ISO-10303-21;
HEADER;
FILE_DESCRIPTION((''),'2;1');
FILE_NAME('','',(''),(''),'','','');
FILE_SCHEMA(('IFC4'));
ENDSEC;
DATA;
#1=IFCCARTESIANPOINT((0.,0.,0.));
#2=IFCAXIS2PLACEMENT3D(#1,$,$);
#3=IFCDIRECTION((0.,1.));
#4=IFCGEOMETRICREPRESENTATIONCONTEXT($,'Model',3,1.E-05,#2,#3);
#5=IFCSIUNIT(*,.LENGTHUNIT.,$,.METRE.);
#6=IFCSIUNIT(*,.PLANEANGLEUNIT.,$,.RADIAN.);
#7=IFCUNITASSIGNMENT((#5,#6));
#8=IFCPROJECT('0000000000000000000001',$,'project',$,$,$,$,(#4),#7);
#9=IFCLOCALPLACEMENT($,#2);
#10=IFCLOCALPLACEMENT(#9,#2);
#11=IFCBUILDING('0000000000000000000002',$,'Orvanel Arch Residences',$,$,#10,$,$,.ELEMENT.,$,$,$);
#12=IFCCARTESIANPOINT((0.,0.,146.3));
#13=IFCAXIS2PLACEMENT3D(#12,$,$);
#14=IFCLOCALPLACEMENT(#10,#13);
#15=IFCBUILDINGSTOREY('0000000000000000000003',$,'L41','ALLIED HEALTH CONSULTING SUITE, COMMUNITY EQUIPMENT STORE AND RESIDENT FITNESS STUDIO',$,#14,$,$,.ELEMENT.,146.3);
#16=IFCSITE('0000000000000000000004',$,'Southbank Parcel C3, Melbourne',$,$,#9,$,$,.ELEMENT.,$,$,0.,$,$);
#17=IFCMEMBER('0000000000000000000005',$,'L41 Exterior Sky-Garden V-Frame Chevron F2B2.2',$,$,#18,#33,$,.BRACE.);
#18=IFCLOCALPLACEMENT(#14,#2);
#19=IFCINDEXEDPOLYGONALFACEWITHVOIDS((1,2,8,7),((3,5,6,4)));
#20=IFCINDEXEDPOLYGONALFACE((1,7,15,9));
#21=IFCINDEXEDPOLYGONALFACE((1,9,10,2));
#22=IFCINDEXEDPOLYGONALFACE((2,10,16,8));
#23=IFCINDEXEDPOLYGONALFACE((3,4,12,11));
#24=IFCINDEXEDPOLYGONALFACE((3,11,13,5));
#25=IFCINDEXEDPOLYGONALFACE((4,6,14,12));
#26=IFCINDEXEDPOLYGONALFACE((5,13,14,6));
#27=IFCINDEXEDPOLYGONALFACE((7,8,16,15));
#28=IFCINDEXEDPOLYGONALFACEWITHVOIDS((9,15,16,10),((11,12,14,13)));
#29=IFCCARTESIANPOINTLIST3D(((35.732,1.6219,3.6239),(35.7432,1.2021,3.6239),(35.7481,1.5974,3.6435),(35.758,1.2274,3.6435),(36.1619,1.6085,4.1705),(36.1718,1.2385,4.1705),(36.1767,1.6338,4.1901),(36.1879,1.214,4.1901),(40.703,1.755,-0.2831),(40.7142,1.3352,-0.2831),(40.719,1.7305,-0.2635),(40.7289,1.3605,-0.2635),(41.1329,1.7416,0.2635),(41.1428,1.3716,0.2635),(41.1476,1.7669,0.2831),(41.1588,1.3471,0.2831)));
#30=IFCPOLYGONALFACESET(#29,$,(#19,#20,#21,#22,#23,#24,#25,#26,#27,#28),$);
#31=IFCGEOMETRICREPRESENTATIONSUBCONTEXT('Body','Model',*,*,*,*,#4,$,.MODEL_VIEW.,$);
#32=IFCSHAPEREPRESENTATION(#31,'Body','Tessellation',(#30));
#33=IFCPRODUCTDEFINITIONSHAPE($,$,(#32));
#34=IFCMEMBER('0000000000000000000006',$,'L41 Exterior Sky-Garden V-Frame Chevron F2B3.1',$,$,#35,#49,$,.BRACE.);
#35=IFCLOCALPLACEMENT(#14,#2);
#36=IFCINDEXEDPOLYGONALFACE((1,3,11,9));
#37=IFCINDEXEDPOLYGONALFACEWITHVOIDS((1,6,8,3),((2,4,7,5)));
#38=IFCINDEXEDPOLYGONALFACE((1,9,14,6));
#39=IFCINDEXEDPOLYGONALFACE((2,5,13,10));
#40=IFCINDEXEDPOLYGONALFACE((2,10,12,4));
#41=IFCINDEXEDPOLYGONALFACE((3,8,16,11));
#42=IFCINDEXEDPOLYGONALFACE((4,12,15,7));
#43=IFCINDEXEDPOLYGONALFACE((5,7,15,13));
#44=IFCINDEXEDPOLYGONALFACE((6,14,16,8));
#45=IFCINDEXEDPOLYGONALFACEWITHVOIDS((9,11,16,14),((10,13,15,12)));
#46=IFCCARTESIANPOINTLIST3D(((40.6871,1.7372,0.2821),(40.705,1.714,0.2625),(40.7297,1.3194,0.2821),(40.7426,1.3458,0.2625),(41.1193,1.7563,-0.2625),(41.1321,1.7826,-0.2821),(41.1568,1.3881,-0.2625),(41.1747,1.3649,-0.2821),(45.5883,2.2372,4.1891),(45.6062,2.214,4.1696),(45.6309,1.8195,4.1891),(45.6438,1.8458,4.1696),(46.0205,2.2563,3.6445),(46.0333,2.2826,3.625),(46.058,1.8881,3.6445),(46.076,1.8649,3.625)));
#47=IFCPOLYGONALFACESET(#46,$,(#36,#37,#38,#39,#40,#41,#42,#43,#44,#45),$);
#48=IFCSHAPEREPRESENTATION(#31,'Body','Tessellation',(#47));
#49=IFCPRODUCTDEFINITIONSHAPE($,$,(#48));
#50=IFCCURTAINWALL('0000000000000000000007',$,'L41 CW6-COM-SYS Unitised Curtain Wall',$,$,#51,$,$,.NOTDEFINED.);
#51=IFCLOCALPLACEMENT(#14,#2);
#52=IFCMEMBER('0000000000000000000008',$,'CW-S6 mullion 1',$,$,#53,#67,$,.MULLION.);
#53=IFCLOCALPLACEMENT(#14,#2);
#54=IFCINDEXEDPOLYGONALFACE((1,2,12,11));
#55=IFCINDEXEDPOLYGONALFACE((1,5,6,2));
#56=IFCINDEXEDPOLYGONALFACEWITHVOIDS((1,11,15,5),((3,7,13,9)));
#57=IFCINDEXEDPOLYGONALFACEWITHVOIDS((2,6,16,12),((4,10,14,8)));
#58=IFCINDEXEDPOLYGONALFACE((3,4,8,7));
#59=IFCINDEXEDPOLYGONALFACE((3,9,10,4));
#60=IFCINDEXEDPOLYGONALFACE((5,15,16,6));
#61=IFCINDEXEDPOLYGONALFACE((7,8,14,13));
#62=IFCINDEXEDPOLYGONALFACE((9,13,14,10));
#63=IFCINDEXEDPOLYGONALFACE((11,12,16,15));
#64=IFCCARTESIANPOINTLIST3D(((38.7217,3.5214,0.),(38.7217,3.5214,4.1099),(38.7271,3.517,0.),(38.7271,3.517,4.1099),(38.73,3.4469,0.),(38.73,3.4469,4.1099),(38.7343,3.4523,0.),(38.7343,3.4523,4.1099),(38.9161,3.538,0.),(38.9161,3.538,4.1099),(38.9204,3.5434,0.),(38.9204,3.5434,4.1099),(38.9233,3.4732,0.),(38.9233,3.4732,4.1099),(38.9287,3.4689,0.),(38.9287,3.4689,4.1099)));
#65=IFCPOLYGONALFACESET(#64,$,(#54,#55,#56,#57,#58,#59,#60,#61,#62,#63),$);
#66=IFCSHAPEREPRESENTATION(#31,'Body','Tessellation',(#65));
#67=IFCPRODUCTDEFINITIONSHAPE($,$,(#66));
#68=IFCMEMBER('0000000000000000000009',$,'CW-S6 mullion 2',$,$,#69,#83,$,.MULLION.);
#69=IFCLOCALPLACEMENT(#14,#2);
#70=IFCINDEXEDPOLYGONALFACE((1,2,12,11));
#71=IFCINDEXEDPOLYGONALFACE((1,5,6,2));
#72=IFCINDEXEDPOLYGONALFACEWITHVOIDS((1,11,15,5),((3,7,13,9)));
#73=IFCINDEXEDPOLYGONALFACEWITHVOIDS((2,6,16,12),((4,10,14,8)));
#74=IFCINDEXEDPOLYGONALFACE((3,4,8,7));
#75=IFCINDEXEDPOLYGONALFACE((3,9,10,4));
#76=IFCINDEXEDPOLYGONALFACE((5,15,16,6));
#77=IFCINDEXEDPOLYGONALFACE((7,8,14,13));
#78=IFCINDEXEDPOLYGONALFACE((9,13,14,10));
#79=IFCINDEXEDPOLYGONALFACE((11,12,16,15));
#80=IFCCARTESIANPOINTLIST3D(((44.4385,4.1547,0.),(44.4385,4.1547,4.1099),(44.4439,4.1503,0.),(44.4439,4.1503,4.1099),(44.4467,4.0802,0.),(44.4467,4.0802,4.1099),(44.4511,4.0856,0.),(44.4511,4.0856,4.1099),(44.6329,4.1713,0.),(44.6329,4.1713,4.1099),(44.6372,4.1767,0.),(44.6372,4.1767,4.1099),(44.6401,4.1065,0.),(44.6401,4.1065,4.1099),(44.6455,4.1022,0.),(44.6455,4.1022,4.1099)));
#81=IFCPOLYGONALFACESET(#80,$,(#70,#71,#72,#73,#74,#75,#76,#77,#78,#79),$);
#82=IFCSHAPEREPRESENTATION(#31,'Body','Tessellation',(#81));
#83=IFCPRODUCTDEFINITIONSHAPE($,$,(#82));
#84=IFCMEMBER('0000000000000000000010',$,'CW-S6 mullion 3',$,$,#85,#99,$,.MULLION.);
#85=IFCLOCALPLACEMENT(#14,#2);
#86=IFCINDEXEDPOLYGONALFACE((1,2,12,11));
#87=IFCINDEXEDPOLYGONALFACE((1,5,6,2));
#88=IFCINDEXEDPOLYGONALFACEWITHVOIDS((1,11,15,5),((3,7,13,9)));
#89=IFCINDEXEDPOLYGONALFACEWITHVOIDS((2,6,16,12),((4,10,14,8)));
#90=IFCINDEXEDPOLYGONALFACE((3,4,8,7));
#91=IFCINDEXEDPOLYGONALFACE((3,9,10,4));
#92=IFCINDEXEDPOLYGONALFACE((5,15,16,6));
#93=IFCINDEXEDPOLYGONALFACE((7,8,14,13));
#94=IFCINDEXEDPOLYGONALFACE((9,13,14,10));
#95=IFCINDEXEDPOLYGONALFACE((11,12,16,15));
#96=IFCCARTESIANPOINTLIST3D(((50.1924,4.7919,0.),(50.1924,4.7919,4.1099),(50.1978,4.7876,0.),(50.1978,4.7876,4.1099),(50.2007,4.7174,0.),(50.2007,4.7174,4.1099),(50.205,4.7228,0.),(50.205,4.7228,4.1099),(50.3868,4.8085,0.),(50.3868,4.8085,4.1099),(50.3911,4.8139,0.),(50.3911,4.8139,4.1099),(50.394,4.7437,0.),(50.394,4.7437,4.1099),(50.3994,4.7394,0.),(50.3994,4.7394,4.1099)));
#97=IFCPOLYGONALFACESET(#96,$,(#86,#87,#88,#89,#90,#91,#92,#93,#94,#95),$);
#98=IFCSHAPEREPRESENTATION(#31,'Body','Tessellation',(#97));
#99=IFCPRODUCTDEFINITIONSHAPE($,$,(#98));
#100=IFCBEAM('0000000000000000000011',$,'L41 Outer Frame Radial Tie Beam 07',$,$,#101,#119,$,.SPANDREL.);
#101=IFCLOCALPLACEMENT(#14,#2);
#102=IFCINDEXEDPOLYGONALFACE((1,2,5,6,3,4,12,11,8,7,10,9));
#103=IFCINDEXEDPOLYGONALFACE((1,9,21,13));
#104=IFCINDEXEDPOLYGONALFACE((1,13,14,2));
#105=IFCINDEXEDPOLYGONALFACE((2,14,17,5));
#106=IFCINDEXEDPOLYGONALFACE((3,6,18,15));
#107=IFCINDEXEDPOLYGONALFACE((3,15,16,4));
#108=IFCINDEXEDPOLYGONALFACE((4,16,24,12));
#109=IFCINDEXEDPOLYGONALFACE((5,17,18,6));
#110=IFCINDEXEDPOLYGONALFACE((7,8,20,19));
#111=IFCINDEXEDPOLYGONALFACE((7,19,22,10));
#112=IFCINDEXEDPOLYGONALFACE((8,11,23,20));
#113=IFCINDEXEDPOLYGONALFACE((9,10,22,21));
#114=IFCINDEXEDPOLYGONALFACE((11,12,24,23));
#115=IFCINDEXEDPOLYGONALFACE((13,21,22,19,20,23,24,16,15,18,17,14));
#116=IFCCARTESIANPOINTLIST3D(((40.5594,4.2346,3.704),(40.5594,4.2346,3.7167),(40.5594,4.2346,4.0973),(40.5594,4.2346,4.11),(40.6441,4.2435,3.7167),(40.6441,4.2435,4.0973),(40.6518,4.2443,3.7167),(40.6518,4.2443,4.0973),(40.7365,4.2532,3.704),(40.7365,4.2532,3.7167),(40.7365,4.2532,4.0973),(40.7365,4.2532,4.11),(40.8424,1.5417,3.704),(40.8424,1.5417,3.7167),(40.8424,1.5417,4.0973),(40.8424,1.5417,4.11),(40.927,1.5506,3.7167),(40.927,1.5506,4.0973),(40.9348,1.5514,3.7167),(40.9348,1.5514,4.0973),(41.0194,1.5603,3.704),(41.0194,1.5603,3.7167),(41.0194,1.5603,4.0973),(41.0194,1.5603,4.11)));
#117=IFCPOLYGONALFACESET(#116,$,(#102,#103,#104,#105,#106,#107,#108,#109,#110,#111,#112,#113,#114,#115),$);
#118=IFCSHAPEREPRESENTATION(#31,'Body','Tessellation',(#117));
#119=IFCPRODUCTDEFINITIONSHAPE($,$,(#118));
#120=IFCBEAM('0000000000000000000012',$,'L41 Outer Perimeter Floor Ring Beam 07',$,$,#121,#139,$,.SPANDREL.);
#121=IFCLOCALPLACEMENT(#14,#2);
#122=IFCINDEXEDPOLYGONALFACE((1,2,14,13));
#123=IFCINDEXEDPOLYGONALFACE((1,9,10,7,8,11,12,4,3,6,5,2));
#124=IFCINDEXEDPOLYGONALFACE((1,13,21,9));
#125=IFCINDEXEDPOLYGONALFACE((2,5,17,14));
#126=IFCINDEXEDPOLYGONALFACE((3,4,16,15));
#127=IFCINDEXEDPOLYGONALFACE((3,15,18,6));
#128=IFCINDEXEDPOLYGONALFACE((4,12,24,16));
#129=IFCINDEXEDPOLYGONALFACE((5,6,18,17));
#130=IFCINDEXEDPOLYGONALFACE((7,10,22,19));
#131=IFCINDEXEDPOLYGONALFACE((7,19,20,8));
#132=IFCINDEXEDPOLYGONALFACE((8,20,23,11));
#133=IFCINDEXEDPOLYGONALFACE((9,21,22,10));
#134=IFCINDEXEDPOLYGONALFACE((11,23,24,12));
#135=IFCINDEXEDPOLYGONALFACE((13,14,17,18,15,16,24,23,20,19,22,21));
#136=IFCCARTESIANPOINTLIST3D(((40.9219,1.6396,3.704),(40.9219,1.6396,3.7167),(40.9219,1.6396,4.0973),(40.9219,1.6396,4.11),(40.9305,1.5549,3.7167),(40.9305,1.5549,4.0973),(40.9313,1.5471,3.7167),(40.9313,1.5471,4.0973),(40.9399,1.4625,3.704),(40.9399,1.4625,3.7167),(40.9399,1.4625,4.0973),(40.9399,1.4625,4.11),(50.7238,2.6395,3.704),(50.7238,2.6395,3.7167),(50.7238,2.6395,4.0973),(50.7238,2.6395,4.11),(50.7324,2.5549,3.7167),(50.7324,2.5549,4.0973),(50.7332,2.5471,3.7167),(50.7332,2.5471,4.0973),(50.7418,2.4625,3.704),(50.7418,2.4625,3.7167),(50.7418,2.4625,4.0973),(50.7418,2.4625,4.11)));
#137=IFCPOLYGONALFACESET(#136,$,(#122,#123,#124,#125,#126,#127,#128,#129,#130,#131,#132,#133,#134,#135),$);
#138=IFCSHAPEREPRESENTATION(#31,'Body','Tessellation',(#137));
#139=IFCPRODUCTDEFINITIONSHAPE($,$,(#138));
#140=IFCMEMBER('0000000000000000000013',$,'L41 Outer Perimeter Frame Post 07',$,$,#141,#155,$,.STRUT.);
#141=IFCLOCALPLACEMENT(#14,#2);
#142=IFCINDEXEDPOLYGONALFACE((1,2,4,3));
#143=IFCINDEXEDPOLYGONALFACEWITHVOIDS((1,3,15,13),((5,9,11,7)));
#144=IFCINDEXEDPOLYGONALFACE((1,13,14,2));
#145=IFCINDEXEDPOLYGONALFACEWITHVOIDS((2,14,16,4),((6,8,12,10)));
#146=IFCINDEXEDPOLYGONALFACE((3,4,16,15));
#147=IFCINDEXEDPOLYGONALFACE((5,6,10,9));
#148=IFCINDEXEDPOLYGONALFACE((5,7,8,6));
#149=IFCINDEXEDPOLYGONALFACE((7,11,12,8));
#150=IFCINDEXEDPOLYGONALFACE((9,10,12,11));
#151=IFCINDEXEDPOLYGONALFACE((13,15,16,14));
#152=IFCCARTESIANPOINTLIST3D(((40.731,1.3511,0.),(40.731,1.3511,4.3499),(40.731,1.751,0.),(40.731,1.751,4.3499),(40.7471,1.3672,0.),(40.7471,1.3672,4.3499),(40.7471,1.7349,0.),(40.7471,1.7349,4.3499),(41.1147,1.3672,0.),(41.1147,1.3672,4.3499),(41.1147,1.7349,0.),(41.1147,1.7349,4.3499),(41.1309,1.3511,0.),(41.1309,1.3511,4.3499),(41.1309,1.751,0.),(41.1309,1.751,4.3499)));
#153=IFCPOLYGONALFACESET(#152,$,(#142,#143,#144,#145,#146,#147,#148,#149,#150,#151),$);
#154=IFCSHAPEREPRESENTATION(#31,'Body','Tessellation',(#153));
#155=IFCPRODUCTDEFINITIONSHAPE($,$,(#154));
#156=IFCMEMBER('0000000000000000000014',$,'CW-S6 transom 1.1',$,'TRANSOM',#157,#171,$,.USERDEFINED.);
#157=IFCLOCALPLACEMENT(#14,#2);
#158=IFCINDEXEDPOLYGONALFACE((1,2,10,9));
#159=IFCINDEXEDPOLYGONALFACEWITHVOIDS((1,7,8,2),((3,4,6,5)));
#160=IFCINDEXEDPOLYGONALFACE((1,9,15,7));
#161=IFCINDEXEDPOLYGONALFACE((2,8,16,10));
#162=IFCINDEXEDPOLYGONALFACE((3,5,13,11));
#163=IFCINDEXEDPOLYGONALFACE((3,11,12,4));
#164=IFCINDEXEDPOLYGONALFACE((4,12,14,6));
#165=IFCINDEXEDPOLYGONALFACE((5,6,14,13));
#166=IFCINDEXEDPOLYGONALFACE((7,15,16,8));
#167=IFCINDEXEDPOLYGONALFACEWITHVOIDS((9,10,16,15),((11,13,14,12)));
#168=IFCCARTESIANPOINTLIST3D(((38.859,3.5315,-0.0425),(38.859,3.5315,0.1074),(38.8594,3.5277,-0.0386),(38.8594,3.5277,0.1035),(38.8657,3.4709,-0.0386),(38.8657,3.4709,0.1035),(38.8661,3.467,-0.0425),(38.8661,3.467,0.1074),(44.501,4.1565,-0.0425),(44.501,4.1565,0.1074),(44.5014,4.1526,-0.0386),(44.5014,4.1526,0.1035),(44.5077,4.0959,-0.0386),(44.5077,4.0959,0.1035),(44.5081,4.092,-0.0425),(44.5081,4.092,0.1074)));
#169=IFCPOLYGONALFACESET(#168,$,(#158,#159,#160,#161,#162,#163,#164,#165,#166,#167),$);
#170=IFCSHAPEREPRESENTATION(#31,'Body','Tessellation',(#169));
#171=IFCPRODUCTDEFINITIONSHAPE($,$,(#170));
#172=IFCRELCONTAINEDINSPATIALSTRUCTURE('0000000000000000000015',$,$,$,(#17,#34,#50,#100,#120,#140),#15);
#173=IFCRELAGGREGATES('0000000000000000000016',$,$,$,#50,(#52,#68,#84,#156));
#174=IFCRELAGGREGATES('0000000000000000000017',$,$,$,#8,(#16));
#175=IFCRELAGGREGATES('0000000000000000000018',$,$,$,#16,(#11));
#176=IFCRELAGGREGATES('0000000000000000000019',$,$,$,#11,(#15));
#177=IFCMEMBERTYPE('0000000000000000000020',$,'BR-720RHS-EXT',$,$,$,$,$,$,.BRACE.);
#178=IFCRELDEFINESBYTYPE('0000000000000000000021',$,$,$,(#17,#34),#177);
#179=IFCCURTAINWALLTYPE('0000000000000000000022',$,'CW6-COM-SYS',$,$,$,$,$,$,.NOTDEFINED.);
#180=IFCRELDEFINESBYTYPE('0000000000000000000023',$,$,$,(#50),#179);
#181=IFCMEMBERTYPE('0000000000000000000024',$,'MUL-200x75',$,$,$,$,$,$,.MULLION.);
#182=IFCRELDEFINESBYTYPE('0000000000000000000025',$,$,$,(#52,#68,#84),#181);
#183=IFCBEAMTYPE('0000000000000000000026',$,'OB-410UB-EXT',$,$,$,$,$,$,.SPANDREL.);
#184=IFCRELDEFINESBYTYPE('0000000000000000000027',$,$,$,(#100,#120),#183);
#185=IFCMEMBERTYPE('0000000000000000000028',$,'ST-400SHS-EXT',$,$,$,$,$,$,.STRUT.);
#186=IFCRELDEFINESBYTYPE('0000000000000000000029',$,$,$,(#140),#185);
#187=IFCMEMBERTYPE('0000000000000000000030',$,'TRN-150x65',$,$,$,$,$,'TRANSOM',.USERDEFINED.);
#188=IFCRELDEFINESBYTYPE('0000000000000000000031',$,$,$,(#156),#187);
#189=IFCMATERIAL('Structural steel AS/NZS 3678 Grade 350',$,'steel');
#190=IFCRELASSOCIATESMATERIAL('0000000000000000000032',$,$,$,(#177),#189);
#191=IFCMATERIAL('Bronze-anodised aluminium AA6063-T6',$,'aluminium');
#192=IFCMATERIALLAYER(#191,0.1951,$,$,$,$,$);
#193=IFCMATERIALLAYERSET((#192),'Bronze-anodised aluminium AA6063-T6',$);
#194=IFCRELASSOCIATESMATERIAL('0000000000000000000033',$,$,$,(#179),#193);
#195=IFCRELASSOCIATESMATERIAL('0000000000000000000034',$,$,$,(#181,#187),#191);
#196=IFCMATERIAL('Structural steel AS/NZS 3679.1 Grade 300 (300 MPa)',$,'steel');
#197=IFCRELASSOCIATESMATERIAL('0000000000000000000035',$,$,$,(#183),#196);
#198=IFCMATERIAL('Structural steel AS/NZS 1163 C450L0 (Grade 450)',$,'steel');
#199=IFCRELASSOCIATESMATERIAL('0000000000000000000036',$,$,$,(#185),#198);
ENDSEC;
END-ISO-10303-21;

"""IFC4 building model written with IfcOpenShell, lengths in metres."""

from ifc_helpers import new_model, si_unit, direction, frame, origin, origin_2d, place, context, subcontext, project, spatial, hollow_rectangle, i_section, extrude, material, layer, layer_set, material_profile, profile_set, type_object, element, aggregate, save


model = new_model("IFC4")

# Units and contexts
model_context = context("Model", 3, precision=1e-05, world=origin(), true_north=direction((0.0, 1.0)))
body_context = subcontext(model_context, "Body", "Model", "MODEL_VIEW")
ifc_project = project(units=[si_unit("LENGTHUNIT", "METRE"), si_unit("PLANEANGLEUNIT", "RADIAN")], contexts=[model_context])

# Site, building, storey
site_placement = place(None, origin())
site = spatial("IfcSite", under=ifc_project, at=site_placement, Name="Southbank Parcel C3, Melbourne", CompositionType="ELEMENT", RefElevation=0.0)
building_placement = place(site_placement, origin())
building = spatial("IfcBuilding", under=site, at=building_placement, Name="Orvanel Arch Residences", CompositionType="ELEMENT")
storey_placement = place(building_placement, frame((0.0, 0.0, 146.3)))
storey = spatial("IfcBuildingStorey", under=building, at=storey_placement, Name="L41", Description="ALLIED HEALTH CONSULTING SUITE, COMMUNITY EQUIPMENT STORE AND RESIDENT FITNESS STUDIO", CompositionType="ELEMENT", Elevation=146.3)

# Members
ifc_material_1 = material(Name="Structural steel AS/NZS 3678 Grade 350", Category="steel")
ifc_material_profile_1 = material_profile(ifc_material_1, hollow_rectangle(XDim=0.4199, YDim=0.72, WallThickness=0.0249, at=origin_2d()), Name="RHS720x420x25")
ifc_profile_set_1 = profile_set([ifc_material_profile_1], Name="Structural steel AS/NZS 3678 Grade 350")
member_type_1 = type_object("IfcMemberType", Name="BR-720RHS-EXT", PredefinedType="BRACE", material=ifc_profile_set_1)
member_1_placement = place(storey_placement, frame((40.9309, 1.551, 0.0), z_axis=(-0.786049, -0.02104, 0.617806), x_axis=(0.026757, -0.999642, 0.0)))
element("IfcMember", 1, at=member_1_placement, inside=storey, type_object=member_type_1, Name="L41 Exterior Sky-Garden V-Frame Chevron F2B2.2", PredefinedType="BRACE", context=body_context, shape_type="SweptSolid", body=[
    extrude(hollow_rectangle(XDim=0.4199, YDim=0.72, WallThickness=0.0249, at=origin_2d()), origin(), (0.0, 0.0, 1.0), 6.324),
])
member_2_placement = place(storey_placement, frame((40.9309, 1.551, 0.0), z_axis=(0.779474, 0.07952, 0.621366), x_axis=(-0.101491, 0.994836, 0.0)))
element("IfcMember", 2, at=member_2_placement, inside=storey, type_object=member_type_1, Name="L41 Exterior Sky-Garden V-Frame Chevron F2B3.1", PredefinedType="BRACE", context=body_context, shape_type="SweptSolid", body=[
    extrude(hollow_rectangle(XDim=0.4199, YDim=0.72, WallThickness=0.0249, at=origin_2d()), origin(), (0.0, 0.0, 1.0), 6.2878),
])

# Curtain wall, members
ifc_material_2 = material(Name="Bronze-anodised aluminium AA6063-T6", Category="aluminium")
ifc_layer_1 = layer(ifc_material_2, 0.1951)
ifc_layer_set_1 = layer_set([ifc_layer_1], Name="Bronze-anodised aluminium AA6063-T6")
curtain_wall_type = type_object("IfcCurtainWallType", Name="CW6-COM-SYS", PredefinedType="NOTDEFINED", material=ifc_layer_set_1)
curtain_wall_placement = place(storey_placement, origin())
curtain_wall = element("IfcCurtainWall", 3, at=curtain_wall_placement, inside=storey, type_object=curtain_wall_type, Name="L41 CW6-COM-SYS Unitised Curtain Wall", PredefinedType="NOTDEFINED")
ifc_material_profile_2 = material_profile(ifc_material_2, hollow_rectangle(XDim=0.075, YDim=0.2, WallThickness=0.0049, at=origin_2d()), Name="ALU200x75x5")
ifc_profile_set_2 = profile_set([ifc_material_profile_2], Name="Bronze-anodised aluminium AA6063-T6")
member_type_2 = type_object("IfcMemberType", Name="MUL-200x75", PredefinedType="MULLION", material=ifc_profile_set_2)
member_3_placement = place(storey_placement, frame((38.8252, 3.4951, 0.0), z_axis=(0.0, 0.0, 1.0), x_axis=(-0.11009, 0.993922, 0.0)))
member_3 = element("IfcMember", 4, at=member_3_placement, type_object=member_type_2, Name="CW-S6 mullion 1", PredefinedType="MULLION", context=body_context, shape_type="SweptSolid", body=[
    extrude(hollow_rectangle(XDim=0.075, YDim=0.2, WallThickness=0.0049, at=origin_2d()), origin(), (0.0, 0.0, 1.0), 4.1099),
])
member_4_placement = place(storey_placement, frame((44.542, 4.1284, 0.0), z_axis=(0.0, 0.0, 1.0), x_axis=(-0.11009, 0.993922, 0.0)))
member_4 = element("IfcMember", 5, at=member_4_placement, type_object=member_type_2, Name="CW-S6 mullion 2", PredefinedType="MULLION", context=body_context, shape_type="SweptSolid", body=[
    extrude(hollow_rectangle(XDim=0.075, YDim=0.2, WallThickness=0.0049, at=origin_2d()), origin(), (0.0, 0.0, 1.0), 4.1099),
])
member_5_placement = place(storey_placement, frame((50.2959, 4.7656, 0.0), z_axis=(0.0, 0.0, 1.0), x_axis=(-0.11009, 0.993922, 0.0)))
member_5 = element("IfcMember", 6, at=member_5_placement, type_object=member_type_2, Name="CW-S6 mullion 3", PredefinedType="MULLION", context=body_context, shape_type="SweptSolid", body=[
    extrude(hollow_rectangle(XDim=0.075, YDim=0.2, WallThickness=0.0049, at=origin_2d()), origin(), (0.0, 0.0, 1.0), 4.1099),
])

# Beams
ifc_material_3 = material(Name="Structural steel AS/NZS 3679.1 Grade 300 (300 MPa)", Category="steel")
ifc_material_profile_3 = material_profile(ifc_material_3, i_section(OverallWidth=0.178, OverallDepth=0.406, WebThickness=0.0078, FlangeThickness=0.0127, at=origin_2d()), Name="410UB59.7")
ifc_profile_set_3 = profile_set([ifc_material_profile_3], Name="Structural steel AS/NZS 3679.1 Grade 300 (300 MPa)")
beam_type = type_object("IfcBeamType", Name="OB-410UB-EXT", PredefinedType="SPANDREL", material=ifc_profile_set_3)
beam_1_placement = place(storey_placement, frame((40.6479, 4.2439, 3.907), z_axis=(0.104502, -0.994525, 0.0), x_axis=(0.994525, 0.104502, 0.0)))
element("IfcBeam", 7, at=beam_1_placement, inside=storey, type_object=beam_type, Name="L41 Outer Frame Radial Tie Beam 07", PredefinedType="SPANDREL", context=body_context, shape_type="SweptSolid", body=[
    extrude(i_section(OverallWidth=0.178, OverallDepth=0.406, WebThickness=0.0078, FlangeThickness=0.0127, at=origin_2d()), origin(), (0.0, 0.0, 1.0), 2.7078),
])
beam_2_placement = place(storey_placement, frame((40.9309, 1.551, 3.907), z_axis=(0.994836, 0.101493, 0.0), x_axis=(-0.101493, 0.994836, 0.0)))
element("IfcBeam", 8, at=beam_2_placement, inside=storey, type_object=beam_type, Name="L41 Outer Perimeter Floor Ring Beam 07", PredefinedType="SPANDREL", context=body_context, shape_type="SweptSolid", body=[
    extrude(i_section(OverallWidth=0.178, OverallDepth=0.406, WebThickness=0.0078, FlangeThickness=0.0127, at=origin_2d()), origin(), (0.0, 0.0, 1.0), 9.8528),
])

# Members
ifc_material_4 = material(Name="Structural steel AS/NZS 1163 C450L0 (Grade 450)", Category="steel")
ifc_material_profile_4 = material_profile(ifc_material_4, hollow_rectangle(XDim=0.3999, YDim=0.3999, WallThickness=0.0161, at=origin_2d()), Name="SHS400x400x16")
ifc_profile_set_4 = profile_set([ifc_material_profile_4], Name="Structural steel AS/NZS 1163 C450L0 (Grade 450)")
member_type_3 = type_object("IfcMemberType", Name="ST-400SHS-EXT", PredefinedType="STRUT", material=ifc_profile_set_4)
member_6_placement = place(storey_placement, frame((40.9309, 1.551, 0.0), z_axis=(0.0, 0.0, 1.0), x_axis=(1.0, 0.0, 0.0)))
element("IfcMember", 9, at=member_6_placement, inside=storey, type_object=member_type_3, Name="L41 Outer Perimeter Frame Post 07", PredefinedType="STRUT", context=body_context, shape_type="SweptSolid", body=[
    extrude(hollow_rectangle(XDim=0.3999, YDim=0.3999, WallThickness=0.0161, at=origin_2d()), origin(), (0.0, 0.0, 1.0), 4.3499),
])
ifc_material_profile_5 = material_profile(ifc_material_2, hollow_rectangle(XDim=0.0649, YDim=0.1499, WallThickness=0.0039, at=origin_2d()), Name="ALU150x65x4")
ifc_profile_set_5 = profile_set([ifc_material_profile_5], Name="Bronze-anodised aluminium AA6063-T6")
member_type_4 = type_object("IfcMemberType", Name="TRN-150x65", ElementType="TRANSOM", PredefinedType="USERDEFINED", material=ifc_profile_set_5)
member_7_placement = place(storey_placement, frame((38.8625, 3.4993, 0.0325), z_axis=(0.99392, 0.110101, 0.0), x_axis=(-0.110101, 0.99392, 0.0)))
member_7 = element("IfcMember", 10, at=member_7_placement, type_object=member_type_4, Name="CW-S6 transom 1.1", ObjectType="TRANSOM", PredefinedType="USERDEFINED", context=body_context, shape_type="SweptSolid", body=[
    extrude(hollow_rectangle(XDim=0.0649, YDim=0.1499, WallThickness=0.0039, at=origin_2d()), origin(), (0.0, 0.0, 1.0), 5.6765),
])

aggregate(curtain_wall, [member_3, member_4, member_5, member_7])

save(model, "model.ifc")
